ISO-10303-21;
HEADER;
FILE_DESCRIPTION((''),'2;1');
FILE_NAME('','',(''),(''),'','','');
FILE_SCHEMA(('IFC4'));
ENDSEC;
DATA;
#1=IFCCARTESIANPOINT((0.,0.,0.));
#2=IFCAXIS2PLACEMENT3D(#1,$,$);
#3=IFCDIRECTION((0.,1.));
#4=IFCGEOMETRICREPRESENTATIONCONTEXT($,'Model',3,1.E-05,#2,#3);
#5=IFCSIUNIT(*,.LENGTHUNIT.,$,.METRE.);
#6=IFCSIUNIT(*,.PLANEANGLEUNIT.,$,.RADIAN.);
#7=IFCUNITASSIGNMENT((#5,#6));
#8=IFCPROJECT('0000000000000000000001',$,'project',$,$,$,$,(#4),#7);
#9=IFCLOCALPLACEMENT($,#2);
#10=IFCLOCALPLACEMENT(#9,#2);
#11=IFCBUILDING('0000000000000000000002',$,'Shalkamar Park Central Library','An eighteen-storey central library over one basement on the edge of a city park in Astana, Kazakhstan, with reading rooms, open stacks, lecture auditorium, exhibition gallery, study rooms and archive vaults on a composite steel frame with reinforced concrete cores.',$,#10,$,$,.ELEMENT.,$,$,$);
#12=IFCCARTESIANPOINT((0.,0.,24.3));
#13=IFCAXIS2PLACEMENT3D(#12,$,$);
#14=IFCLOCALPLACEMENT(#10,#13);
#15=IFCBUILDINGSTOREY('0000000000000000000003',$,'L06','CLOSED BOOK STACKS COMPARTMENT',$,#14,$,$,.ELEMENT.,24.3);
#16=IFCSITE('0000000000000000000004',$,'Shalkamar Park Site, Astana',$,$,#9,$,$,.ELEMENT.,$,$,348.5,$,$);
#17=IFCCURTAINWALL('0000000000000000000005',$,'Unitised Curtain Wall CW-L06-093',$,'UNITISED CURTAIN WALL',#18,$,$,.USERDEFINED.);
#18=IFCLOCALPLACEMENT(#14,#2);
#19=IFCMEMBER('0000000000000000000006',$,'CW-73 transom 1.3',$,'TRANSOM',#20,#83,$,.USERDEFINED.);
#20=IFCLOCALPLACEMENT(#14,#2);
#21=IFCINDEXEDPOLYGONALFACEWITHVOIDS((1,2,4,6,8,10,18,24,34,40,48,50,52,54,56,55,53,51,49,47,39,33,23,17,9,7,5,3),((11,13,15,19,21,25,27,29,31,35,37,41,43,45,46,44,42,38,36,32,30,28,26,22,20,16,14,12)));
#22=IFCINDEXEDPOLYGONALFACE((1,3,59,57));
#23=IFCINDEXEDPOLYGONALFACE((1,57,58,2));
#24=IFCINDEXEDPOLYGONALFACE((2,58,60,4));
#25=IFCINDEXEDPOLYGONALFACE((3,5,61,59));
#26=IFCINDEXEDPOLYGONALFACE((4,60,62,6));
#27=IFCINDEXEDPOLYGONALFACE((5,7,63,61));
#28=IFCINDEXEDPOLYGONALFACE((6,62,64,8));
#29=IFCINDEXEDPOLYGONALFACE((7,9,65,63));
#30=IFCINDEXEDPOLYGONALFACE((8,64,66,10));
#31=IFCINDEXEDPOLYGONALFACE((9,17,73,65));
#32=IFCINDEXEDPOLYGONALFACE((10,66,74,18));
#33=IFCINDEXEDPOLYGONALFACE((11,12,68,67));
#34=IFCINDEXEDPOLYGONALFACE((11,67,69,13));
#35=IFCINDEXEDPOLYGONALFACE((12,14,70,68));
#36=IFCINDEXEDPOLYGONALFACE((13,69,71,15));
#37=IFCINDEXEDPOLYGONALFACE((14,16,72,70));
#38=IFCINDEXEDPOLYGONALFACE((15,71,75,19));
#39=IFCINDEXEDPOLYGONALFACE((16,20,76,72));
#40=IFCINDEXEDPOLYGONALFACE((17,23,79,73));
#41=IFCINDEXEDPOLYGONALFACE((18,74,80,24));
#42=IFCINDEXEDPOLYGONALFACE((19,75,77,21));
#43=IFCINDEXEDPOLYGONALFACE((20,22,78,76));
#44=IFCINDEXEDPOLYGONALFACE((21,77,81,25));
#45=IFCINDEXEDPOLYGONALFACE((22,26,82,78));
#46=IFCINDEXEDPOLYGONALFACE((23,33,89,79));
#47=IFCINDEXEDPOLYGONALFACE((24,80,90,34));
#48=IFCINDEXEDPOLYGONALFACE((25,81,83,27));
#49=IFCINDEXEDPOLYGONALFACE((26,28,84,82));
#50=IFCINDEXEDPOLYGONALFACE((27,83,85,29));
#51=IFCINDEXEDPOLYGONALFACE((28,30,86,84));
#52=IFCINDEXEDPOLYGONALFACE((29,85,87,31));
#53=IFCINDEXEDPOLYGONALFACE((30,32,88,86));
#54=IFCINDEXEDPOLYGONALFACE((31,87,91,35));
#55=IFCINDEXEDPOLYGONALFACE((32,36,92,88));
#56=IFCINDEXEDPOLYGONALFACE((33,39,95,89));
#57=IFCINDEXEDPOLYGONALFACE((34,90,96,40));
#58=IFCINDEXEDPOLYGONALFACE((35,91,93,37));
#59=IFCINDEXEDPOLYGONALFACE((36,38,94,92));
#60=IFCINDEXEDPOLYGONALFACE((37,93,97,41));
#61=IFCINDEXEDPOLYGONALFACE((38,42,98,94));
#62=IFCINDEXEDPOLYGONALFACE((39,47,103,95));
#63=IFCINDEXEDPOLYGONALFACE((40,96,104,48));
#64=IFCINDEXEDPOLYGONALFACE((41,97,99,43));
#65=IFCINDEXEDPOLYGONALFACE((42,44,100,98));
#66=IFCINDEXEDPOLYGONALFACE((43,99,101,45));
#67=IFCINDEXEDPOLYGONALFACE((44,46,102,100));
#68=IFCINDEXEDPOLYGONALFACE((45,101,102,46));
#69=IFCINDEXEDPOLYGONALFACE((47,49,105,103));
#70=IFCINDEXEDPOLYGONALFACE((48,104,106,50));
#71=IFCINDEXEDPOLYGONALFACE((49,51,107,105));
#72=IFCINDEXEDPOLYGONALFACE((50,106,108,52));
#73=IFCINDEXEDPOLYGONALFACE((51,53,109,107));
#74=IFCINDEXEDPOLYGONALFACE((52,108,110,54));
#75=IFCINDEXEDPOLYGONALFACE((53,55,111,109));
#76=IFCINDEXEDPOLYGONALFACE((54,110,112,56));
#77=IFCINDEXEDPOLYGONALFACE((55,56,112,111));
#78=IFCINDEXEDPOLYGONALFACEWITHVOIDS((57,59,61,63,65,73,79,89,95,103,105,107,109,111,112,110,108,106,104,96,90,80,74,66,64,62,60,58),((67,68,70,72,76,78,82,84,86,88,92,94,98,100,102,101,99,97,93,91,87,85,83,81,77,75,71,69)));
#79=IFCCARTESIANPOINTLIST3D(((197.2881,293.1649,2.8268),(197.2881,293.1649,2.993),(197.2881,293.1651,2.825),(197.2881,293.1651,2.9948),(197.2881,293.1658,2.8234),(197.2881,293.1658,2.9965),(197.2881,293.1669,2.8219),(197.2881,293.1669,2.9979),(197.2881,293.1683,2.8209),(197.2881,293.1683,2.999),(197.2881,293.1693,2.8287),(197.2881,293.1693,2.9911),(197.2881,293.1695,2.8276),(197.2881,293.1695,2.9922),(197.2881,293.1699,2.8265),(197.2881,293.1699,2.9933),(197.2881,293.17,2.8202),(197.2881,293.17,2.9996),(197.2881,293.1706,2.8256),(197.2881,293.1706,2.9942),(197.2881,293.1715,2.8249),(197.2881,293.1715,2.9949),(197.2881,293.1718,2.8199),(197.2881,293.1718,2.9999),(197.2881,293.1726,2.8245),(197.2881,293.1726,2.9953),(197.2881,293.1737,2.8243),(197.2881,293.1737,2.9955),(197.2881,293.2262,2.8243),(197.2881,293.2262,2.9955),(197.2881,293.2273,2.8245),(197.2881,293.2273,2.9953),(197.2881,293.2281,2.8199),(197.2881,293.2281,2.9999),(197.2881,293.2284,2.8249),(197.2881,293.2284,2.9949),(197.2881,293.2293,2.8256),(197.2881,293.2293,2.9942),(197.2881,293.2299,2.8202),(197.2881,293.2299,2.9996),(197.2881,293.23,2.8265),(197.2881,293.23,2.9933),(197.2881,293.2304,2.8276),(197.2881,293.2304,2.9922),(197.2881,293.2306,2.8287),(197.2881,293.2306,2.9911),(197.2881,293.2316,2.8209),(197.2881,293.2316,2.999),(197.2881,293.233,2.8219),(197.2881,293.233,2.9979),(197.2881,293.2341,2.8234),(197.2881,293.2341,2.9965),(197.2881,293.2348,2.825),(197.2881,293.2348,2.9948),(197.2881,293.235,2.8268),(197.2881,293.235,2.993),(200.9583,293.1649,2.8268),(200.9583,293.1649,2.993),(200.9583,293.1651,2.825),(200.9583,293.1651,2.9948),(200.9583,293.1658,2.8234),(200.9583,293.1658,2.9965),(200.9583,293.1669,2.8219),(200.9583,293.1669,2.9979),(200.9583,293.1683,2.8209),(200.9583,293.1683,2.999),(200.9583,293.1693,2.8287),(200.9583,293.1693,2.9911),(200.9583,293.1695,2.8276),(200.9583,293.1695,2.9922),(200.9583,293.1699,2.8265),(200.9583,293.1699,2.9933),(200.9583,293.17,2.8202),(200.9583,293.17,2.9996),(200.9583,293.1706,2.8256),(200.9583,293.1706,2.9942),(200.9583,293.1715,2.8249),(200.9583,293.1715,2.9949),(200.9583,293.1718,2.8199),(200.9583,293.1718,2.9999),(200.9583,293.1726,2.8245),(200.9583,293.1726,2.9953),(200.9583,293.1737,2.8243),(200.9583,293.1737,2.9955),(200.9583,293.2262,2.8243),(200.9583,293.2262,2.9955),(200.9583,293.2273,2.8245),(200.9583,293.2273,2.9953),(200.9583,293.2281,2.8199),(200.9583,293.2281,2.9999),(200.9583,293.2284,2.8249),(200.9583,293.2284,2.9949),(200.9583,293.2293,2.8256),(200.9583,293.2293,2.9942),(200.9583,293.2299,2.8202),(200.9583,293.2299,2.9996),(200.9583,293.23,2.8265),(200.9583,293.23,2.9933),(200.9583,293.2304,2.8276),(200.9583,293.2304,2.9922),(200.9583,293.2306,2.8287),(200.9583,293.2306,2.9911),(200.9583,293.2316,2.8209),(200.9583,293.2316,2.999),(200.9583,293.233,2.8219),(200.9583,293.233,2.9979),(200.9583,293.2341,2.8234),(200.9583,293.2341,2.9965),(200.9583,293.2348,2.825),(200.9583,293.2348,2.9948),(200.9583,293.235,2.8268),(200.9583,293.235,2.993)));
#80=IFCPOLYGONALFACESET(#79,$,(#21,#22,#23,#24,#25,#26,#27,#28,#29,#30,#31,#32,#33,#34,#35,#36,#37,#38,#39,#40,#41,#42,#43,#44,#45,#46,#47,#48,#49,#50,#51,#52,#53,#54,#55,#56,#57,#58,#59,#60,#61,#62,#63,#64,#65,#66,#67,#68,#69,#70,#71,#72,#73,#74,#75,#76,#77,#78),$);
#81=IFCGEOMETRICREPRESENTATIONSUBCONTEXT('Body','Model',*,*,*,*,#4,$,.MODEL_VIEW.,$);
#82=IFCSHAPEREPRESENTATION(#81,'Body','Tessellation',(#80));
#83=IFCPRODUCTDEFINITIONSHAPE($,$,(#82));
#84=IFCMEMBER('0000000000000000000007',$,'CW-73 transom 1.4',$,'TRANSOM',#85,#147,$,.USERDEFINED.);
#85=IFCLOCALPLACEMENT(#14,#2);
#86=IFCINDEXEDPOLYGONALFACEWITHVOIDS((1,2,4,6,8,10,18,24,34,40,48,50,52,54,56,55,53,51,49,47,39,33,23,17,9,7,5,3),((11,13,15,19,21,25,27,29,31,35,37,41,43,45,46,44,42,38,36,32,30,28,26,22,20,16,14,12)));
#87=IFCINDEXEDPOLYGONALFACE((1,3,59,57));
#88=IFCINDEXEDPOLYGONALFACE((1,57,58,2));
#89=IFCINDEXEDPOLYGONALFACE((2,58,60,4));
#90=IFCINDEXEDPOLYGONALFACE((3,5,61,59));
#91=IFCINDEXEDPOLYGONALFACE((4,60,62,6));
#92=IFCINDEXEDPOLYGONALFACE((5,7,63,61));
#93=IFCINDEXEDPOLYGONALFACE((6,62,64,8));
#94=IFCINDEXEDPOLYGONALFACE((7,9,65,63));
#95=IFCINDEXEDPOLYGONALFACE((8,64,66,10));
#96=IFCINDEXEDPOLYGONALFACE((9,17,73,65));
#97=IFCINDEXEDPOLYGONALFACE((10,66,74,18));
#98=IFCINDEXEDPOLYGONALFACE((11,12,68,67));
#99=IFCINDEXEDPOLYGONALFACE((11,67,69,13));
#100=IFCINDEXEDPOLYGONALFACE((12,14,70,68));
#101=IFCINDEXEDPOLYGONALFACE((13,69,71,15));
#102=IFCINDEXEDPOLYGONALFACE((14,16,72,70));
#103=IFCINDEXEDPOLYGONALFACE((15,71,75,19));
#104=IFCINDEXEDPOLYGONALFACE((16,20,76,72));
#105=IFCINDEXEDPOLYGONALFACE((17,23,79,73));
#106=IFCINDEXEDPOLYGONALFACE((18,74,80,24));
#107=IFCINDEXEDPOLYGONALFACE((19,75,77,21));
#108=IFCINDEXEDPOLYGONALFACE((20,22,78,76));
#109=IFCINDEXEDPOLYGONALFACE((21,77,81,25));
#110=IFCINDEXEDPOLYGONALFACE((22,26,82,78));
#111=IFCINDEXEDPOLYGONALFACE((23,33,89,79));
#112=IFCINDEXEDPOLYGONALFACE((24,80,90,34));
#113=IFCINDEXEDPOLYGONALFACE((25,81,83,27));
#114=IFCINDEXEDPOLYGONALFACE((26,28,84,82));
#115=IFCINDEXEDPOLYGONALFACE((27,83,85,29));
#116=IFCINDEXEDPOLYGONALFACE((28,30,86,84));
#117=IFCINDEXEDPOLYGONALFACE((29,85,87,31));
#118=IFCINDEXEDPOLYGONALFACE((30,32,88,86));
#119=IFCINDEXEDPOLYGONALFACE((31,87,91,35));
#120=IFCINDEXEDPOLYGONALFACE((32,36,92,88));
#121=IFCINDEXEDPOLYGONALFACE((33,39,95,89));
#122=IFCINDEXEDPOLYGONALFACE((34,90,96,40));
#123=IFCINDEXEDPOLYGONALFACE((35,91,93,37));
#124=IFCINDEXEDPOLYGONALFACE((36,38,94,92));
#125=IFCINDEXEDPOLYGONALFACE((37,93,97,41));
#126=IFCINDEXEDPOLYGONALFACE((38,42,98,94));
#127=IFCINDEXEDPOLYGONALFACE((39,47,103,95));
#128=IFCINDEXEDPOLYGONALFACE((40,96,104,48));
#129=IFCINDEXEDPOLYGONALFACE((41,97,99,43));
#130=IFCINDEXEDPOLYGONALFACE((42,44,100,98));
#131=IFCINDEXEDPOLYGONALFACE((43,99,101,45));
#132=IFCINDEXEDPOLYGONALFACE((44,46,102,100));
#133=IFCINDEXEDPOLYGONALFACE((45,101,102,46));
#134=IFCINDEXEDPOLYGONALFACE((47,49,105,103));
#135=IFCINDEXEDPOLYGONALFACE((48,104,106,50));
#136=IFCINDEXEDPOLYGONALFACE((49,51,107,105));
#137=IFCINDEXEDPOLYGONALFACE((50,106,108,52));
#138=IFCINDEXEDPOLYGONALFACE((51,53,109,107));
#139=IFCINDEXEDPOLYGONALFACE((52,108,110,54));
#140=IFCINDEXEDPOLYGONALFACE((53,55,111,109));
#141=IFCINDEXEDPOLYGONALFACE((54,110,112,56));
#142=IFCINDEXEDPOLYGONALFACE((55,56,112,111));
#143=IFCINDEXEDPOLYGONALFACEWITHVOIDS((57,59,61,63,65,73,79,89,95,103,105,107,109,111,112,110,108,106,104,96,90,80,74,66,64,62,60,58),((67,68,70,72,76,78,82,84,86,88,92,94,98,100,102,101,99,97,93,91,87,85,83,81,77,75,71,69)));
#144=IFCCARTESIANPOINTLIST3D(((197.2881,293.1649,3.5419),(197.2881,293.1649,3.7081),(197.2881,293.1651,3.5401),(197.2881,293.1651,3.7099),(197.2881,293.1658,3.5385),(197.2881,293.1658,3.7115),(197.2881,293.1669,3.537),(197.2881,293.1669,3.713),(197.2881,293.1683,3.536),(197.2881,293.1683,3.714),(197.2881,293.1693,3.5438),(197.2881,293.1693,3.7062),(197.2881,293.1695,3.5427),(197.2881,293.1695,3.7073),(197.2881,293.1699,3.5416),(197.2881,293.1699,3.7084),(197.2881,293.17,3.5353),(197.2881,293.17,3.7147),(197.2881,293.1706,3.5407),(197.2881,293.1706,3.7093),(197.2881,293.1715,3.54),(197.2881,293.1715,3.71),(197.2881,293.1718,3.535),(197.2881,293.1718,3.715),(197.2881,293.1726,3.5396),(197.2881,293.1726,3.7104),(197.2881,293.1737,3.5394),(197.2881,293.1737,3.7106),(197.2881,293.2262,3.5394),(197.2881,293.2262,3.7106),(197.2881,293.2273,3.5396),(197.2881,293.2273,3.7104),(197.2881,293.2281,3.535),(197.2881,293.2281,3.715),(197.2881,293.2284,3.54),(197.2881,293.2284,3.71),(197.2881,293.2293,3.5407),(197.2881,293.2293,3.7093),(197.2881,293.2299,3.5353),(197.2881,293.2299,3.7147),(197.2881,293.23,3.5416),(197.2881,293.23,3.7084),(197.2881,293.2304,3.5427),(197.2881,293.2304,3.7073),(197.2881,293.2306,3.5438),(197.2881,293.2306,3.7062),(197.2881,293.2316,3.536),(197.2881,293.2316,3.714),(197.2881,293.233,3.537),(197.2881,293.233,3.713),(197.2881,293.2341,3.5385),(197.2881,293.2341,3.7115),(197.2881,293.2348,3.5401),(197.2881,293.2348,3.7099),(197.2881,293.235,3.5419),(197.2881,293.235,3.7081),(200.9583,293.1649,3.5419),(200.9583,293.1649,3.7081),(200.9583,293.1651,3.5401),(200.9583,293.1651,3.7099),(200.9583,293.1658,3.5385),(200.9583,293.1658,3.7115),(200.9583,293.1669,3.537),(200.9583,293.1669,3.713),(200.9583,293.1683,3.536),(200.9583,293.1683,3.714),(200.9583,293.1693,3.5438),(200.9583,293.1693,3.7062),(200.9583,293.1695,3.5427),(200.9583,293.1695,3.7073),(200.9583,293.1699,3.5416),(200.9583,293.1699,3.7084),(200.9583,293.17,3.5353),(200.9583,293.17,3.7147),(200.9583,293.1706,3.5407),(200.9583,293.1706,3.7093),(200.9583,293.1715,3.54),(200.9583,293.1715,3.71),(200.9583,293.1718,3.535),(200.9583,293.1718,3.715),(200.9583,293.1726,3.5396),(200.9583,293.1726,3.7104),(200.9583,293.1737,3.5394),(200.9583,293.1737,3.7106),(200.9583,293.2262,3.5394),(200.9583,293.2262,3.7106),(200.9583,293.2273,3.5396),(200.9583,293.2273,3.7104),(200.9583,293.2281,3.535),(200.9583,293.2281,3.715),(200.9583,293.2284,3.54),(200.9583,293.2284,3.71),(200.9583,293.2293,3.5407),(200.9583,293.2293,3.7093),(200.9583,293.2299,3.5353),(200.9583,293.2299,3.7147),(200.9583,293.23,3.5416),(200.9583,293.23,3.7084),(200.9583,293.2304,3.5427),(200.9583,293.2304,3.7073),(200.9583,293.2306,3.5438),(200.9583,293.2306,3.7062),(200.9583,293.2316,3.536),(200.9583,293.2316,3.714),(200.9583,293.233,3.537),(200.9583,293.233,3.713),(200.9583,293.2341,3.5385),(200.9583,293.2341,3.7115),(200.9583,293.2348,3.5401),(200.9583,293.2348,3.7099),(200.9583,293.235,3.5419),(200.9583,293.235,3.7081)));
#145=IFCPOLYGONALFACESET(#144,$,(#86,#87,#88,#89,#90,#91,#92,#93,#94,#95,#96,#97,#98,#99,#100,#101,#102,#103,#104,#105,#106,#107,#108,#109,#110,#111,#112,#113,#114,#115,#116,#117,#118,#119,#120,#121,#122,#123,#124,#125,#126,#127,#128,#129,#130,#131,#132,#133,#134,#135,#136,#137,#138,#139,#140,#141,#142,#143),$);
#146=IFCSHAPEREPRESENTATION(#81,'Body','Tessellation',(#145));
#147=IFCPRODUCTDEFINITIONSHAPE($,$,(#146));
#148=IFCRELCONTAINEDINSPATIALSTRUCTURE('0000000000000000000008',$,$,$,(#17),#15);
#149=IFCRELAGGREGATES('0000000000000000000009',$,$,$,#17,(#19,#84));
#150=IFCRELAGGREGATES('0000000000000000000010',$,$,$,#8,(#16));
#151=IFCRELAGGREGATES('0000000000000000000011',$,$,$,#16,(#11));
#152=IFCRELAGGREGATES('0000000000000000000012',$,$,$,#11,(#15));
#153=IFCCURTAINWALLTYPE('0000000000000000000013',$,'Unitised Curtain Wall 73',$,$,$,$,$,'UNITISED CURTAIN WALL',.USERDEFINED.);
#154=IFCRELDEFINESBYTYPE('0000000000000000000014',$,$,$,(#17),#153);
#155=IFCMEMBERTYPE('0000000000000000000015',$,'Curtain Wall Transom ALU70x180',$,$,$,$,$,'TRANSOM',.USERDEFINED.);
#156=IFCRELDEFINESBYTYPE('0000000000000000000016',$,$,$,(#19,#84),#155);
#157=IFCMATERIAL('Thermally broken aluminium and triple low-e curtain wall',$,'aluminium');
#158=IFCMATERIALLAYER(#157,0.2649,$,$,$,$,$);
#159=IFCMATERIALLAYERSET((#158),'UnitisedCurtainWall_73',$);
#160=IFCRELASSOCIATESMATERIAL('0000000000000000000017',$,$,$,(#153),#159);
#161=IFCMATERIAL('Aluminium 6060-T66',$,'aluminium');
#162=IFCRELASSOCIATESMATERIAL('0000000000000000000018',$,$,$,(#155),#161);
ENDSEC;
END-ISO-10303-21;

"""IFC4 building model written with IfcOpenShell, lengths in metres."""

from ifc_helpers import new_model, si_unit, direction, frame, origin, origin_2d, place, context, subcontext, project, spatial, hollow_rectangle, extrude, material, layer, layer_set, material_profile, profile_set, type_object, element, aggregate, save


model = new_model("IFC4")

# Units and contexts
model_context = context("Model", 3, precision=1e-05, world=origin(), true_north=direction((0.0, 1.0)))
body_context = subcontext(model_context, "Body", "Model", "MODEL_VIEW")
ifc_project = project(units=[si_unit("LENGTHUNIT", "METRE"), si_unit("PLANEANGLEUNIT", "RADIAN")], contexts=[model_context])

# Site, building, storey
site_placement = place(None, origin())
site = spatial("IfcSite", under=ifc_project, at=site_placement, Name="Shalkamar Park Site, Astana", CompositionType="ELEMENT", RefElevation=348.5)
building_placement = place(site_placement, origin())
building = spatial("IfcBuilding", under=site, at=building_placement, Name="Shalkamar Park Central Library", Description="An eighteen-storey central library over one basement on the edge of a city park in Astana, Kazakhstan, with reading rooms, open stacks, lecture auditorium, exhibition gallery, study rooms and archive vaults on a composite steel frame with reinforced concrete cores.", CompositionType="ELEMENT")
storey_placement = place(building_placement, frame((0.0, 0.0, 24.3)))
storey = spatial("IfcBuildingStorey", under=building, at=storey_placement, Name="L06", Description="CLOSED BOOK STACKS COMPARTMENT", CompositionType="ELEMENT", Elevation=24.3)

# Shared definitions
ifc_material_1 = material(Name="Thermally broken aluminium and triple low-e curtain wall", Category="aluminium")
ifc_material_2 = material(Name="Aluminium 6060-T66", Category="aluminium")

# Curtain wall
ifc_layer_1 = layer(ifc_material_1, 0.2649)
ifc_layer_set_1 = layer_set([ifc_layer_1], Name="UnitisedCurtainWall_73")
curtain_wall_type_1 = type_object("IfcCurtainWallType", Name="Unitised Curtain Wall 73", ElementType="UNITISED CURTAIN WALL", PredefinedType="USERDEFINED", material=ifc_layer_set_1)
curtain_wall_1_placement = place(storey_placement, origin())
curtain_wall_1 = element("IfcCurtainWall", 1, at=curtain_wall_1_placement, inside=storey, type_object=curtain_wall_type_1, Name="Unitised Curtain Wall CW-L06-093", ObjectType="UNITISED CURTAIN WALL", PredefinedType="USERDEFINED")

# Members
ifc_material_profile_1 = material_profile(ifc_material_2, hollow_rectangle(XDim=0.0701, YDim=0.1799, WallThickness=0.0044, InnerFilletRadius=0.0044, OuterFilletRadius=0.0068, at=origin_2d()), Name="ALU 70x180x4.5")
ifc_profile_set_1 = profile_set([ifc_material_profile_1], Name="Aluminium 6060-T66")
member_type_1 = type_object("IfcMemberType", Name="Curtain Wall Transom ALU70x180", ElementType="TRANSOM", PredefinedType="USERDEFINED", material=ifc_profile_set_1)
member_1_placement = place(storey_placement, frame((197.2881, 293.2, 2.9099), z_axis=(1.0, 0.0, 0.0), x_axis=(0.0, 1.0, 0.0)))
member_1 = element("IfcMember", 2, at=member_1_placement, type_object=member_type_1, Name="CW-73 transom 1.3", ObjectType="TRANSOM", PredefinedType="USERDEFINED", context=body_context, shape_type="SweptSolid", body=[
    extrude(hollow_rectangle(XDim=0.0701, YDim=0.1799, WallThickness=0.0044, InnerFilletRadius=0.0044, OuterFilletRadius=0.0068, at=origin_2d()), origin(), (0.0, 0.0, 1.0), 3.6702),
])
member_2_placement = place(storey_placement, frame((197.2881, 293.2, 3.625), z_axis=(1.0, 0.0, 0.0), x_axis=(0.0, 1.0, 0.0)))
member_2 = element("IfcMember", 3, at=member_2_placement, type_object=member_type_1, Name="CW-73 transom 1.4", ObjectType="TRANSOM", PredefinedType="USERDEFINED", context=body_context, shape_type="SweptSolid", body=[
    extrude(hollow_rectangle(XDim=0.0701, YDim=0.1799, WallThickness=0.0044, InnerFilletRadius=0.0044, OuterFilletRadius=0.0068, at=origin_2d()), origin(), (0.0, 0.0, 1.0), 3.6702),
])

aggregate(curtain_wall_1, [member_1, member_2])

save(model, "model.ifc")
